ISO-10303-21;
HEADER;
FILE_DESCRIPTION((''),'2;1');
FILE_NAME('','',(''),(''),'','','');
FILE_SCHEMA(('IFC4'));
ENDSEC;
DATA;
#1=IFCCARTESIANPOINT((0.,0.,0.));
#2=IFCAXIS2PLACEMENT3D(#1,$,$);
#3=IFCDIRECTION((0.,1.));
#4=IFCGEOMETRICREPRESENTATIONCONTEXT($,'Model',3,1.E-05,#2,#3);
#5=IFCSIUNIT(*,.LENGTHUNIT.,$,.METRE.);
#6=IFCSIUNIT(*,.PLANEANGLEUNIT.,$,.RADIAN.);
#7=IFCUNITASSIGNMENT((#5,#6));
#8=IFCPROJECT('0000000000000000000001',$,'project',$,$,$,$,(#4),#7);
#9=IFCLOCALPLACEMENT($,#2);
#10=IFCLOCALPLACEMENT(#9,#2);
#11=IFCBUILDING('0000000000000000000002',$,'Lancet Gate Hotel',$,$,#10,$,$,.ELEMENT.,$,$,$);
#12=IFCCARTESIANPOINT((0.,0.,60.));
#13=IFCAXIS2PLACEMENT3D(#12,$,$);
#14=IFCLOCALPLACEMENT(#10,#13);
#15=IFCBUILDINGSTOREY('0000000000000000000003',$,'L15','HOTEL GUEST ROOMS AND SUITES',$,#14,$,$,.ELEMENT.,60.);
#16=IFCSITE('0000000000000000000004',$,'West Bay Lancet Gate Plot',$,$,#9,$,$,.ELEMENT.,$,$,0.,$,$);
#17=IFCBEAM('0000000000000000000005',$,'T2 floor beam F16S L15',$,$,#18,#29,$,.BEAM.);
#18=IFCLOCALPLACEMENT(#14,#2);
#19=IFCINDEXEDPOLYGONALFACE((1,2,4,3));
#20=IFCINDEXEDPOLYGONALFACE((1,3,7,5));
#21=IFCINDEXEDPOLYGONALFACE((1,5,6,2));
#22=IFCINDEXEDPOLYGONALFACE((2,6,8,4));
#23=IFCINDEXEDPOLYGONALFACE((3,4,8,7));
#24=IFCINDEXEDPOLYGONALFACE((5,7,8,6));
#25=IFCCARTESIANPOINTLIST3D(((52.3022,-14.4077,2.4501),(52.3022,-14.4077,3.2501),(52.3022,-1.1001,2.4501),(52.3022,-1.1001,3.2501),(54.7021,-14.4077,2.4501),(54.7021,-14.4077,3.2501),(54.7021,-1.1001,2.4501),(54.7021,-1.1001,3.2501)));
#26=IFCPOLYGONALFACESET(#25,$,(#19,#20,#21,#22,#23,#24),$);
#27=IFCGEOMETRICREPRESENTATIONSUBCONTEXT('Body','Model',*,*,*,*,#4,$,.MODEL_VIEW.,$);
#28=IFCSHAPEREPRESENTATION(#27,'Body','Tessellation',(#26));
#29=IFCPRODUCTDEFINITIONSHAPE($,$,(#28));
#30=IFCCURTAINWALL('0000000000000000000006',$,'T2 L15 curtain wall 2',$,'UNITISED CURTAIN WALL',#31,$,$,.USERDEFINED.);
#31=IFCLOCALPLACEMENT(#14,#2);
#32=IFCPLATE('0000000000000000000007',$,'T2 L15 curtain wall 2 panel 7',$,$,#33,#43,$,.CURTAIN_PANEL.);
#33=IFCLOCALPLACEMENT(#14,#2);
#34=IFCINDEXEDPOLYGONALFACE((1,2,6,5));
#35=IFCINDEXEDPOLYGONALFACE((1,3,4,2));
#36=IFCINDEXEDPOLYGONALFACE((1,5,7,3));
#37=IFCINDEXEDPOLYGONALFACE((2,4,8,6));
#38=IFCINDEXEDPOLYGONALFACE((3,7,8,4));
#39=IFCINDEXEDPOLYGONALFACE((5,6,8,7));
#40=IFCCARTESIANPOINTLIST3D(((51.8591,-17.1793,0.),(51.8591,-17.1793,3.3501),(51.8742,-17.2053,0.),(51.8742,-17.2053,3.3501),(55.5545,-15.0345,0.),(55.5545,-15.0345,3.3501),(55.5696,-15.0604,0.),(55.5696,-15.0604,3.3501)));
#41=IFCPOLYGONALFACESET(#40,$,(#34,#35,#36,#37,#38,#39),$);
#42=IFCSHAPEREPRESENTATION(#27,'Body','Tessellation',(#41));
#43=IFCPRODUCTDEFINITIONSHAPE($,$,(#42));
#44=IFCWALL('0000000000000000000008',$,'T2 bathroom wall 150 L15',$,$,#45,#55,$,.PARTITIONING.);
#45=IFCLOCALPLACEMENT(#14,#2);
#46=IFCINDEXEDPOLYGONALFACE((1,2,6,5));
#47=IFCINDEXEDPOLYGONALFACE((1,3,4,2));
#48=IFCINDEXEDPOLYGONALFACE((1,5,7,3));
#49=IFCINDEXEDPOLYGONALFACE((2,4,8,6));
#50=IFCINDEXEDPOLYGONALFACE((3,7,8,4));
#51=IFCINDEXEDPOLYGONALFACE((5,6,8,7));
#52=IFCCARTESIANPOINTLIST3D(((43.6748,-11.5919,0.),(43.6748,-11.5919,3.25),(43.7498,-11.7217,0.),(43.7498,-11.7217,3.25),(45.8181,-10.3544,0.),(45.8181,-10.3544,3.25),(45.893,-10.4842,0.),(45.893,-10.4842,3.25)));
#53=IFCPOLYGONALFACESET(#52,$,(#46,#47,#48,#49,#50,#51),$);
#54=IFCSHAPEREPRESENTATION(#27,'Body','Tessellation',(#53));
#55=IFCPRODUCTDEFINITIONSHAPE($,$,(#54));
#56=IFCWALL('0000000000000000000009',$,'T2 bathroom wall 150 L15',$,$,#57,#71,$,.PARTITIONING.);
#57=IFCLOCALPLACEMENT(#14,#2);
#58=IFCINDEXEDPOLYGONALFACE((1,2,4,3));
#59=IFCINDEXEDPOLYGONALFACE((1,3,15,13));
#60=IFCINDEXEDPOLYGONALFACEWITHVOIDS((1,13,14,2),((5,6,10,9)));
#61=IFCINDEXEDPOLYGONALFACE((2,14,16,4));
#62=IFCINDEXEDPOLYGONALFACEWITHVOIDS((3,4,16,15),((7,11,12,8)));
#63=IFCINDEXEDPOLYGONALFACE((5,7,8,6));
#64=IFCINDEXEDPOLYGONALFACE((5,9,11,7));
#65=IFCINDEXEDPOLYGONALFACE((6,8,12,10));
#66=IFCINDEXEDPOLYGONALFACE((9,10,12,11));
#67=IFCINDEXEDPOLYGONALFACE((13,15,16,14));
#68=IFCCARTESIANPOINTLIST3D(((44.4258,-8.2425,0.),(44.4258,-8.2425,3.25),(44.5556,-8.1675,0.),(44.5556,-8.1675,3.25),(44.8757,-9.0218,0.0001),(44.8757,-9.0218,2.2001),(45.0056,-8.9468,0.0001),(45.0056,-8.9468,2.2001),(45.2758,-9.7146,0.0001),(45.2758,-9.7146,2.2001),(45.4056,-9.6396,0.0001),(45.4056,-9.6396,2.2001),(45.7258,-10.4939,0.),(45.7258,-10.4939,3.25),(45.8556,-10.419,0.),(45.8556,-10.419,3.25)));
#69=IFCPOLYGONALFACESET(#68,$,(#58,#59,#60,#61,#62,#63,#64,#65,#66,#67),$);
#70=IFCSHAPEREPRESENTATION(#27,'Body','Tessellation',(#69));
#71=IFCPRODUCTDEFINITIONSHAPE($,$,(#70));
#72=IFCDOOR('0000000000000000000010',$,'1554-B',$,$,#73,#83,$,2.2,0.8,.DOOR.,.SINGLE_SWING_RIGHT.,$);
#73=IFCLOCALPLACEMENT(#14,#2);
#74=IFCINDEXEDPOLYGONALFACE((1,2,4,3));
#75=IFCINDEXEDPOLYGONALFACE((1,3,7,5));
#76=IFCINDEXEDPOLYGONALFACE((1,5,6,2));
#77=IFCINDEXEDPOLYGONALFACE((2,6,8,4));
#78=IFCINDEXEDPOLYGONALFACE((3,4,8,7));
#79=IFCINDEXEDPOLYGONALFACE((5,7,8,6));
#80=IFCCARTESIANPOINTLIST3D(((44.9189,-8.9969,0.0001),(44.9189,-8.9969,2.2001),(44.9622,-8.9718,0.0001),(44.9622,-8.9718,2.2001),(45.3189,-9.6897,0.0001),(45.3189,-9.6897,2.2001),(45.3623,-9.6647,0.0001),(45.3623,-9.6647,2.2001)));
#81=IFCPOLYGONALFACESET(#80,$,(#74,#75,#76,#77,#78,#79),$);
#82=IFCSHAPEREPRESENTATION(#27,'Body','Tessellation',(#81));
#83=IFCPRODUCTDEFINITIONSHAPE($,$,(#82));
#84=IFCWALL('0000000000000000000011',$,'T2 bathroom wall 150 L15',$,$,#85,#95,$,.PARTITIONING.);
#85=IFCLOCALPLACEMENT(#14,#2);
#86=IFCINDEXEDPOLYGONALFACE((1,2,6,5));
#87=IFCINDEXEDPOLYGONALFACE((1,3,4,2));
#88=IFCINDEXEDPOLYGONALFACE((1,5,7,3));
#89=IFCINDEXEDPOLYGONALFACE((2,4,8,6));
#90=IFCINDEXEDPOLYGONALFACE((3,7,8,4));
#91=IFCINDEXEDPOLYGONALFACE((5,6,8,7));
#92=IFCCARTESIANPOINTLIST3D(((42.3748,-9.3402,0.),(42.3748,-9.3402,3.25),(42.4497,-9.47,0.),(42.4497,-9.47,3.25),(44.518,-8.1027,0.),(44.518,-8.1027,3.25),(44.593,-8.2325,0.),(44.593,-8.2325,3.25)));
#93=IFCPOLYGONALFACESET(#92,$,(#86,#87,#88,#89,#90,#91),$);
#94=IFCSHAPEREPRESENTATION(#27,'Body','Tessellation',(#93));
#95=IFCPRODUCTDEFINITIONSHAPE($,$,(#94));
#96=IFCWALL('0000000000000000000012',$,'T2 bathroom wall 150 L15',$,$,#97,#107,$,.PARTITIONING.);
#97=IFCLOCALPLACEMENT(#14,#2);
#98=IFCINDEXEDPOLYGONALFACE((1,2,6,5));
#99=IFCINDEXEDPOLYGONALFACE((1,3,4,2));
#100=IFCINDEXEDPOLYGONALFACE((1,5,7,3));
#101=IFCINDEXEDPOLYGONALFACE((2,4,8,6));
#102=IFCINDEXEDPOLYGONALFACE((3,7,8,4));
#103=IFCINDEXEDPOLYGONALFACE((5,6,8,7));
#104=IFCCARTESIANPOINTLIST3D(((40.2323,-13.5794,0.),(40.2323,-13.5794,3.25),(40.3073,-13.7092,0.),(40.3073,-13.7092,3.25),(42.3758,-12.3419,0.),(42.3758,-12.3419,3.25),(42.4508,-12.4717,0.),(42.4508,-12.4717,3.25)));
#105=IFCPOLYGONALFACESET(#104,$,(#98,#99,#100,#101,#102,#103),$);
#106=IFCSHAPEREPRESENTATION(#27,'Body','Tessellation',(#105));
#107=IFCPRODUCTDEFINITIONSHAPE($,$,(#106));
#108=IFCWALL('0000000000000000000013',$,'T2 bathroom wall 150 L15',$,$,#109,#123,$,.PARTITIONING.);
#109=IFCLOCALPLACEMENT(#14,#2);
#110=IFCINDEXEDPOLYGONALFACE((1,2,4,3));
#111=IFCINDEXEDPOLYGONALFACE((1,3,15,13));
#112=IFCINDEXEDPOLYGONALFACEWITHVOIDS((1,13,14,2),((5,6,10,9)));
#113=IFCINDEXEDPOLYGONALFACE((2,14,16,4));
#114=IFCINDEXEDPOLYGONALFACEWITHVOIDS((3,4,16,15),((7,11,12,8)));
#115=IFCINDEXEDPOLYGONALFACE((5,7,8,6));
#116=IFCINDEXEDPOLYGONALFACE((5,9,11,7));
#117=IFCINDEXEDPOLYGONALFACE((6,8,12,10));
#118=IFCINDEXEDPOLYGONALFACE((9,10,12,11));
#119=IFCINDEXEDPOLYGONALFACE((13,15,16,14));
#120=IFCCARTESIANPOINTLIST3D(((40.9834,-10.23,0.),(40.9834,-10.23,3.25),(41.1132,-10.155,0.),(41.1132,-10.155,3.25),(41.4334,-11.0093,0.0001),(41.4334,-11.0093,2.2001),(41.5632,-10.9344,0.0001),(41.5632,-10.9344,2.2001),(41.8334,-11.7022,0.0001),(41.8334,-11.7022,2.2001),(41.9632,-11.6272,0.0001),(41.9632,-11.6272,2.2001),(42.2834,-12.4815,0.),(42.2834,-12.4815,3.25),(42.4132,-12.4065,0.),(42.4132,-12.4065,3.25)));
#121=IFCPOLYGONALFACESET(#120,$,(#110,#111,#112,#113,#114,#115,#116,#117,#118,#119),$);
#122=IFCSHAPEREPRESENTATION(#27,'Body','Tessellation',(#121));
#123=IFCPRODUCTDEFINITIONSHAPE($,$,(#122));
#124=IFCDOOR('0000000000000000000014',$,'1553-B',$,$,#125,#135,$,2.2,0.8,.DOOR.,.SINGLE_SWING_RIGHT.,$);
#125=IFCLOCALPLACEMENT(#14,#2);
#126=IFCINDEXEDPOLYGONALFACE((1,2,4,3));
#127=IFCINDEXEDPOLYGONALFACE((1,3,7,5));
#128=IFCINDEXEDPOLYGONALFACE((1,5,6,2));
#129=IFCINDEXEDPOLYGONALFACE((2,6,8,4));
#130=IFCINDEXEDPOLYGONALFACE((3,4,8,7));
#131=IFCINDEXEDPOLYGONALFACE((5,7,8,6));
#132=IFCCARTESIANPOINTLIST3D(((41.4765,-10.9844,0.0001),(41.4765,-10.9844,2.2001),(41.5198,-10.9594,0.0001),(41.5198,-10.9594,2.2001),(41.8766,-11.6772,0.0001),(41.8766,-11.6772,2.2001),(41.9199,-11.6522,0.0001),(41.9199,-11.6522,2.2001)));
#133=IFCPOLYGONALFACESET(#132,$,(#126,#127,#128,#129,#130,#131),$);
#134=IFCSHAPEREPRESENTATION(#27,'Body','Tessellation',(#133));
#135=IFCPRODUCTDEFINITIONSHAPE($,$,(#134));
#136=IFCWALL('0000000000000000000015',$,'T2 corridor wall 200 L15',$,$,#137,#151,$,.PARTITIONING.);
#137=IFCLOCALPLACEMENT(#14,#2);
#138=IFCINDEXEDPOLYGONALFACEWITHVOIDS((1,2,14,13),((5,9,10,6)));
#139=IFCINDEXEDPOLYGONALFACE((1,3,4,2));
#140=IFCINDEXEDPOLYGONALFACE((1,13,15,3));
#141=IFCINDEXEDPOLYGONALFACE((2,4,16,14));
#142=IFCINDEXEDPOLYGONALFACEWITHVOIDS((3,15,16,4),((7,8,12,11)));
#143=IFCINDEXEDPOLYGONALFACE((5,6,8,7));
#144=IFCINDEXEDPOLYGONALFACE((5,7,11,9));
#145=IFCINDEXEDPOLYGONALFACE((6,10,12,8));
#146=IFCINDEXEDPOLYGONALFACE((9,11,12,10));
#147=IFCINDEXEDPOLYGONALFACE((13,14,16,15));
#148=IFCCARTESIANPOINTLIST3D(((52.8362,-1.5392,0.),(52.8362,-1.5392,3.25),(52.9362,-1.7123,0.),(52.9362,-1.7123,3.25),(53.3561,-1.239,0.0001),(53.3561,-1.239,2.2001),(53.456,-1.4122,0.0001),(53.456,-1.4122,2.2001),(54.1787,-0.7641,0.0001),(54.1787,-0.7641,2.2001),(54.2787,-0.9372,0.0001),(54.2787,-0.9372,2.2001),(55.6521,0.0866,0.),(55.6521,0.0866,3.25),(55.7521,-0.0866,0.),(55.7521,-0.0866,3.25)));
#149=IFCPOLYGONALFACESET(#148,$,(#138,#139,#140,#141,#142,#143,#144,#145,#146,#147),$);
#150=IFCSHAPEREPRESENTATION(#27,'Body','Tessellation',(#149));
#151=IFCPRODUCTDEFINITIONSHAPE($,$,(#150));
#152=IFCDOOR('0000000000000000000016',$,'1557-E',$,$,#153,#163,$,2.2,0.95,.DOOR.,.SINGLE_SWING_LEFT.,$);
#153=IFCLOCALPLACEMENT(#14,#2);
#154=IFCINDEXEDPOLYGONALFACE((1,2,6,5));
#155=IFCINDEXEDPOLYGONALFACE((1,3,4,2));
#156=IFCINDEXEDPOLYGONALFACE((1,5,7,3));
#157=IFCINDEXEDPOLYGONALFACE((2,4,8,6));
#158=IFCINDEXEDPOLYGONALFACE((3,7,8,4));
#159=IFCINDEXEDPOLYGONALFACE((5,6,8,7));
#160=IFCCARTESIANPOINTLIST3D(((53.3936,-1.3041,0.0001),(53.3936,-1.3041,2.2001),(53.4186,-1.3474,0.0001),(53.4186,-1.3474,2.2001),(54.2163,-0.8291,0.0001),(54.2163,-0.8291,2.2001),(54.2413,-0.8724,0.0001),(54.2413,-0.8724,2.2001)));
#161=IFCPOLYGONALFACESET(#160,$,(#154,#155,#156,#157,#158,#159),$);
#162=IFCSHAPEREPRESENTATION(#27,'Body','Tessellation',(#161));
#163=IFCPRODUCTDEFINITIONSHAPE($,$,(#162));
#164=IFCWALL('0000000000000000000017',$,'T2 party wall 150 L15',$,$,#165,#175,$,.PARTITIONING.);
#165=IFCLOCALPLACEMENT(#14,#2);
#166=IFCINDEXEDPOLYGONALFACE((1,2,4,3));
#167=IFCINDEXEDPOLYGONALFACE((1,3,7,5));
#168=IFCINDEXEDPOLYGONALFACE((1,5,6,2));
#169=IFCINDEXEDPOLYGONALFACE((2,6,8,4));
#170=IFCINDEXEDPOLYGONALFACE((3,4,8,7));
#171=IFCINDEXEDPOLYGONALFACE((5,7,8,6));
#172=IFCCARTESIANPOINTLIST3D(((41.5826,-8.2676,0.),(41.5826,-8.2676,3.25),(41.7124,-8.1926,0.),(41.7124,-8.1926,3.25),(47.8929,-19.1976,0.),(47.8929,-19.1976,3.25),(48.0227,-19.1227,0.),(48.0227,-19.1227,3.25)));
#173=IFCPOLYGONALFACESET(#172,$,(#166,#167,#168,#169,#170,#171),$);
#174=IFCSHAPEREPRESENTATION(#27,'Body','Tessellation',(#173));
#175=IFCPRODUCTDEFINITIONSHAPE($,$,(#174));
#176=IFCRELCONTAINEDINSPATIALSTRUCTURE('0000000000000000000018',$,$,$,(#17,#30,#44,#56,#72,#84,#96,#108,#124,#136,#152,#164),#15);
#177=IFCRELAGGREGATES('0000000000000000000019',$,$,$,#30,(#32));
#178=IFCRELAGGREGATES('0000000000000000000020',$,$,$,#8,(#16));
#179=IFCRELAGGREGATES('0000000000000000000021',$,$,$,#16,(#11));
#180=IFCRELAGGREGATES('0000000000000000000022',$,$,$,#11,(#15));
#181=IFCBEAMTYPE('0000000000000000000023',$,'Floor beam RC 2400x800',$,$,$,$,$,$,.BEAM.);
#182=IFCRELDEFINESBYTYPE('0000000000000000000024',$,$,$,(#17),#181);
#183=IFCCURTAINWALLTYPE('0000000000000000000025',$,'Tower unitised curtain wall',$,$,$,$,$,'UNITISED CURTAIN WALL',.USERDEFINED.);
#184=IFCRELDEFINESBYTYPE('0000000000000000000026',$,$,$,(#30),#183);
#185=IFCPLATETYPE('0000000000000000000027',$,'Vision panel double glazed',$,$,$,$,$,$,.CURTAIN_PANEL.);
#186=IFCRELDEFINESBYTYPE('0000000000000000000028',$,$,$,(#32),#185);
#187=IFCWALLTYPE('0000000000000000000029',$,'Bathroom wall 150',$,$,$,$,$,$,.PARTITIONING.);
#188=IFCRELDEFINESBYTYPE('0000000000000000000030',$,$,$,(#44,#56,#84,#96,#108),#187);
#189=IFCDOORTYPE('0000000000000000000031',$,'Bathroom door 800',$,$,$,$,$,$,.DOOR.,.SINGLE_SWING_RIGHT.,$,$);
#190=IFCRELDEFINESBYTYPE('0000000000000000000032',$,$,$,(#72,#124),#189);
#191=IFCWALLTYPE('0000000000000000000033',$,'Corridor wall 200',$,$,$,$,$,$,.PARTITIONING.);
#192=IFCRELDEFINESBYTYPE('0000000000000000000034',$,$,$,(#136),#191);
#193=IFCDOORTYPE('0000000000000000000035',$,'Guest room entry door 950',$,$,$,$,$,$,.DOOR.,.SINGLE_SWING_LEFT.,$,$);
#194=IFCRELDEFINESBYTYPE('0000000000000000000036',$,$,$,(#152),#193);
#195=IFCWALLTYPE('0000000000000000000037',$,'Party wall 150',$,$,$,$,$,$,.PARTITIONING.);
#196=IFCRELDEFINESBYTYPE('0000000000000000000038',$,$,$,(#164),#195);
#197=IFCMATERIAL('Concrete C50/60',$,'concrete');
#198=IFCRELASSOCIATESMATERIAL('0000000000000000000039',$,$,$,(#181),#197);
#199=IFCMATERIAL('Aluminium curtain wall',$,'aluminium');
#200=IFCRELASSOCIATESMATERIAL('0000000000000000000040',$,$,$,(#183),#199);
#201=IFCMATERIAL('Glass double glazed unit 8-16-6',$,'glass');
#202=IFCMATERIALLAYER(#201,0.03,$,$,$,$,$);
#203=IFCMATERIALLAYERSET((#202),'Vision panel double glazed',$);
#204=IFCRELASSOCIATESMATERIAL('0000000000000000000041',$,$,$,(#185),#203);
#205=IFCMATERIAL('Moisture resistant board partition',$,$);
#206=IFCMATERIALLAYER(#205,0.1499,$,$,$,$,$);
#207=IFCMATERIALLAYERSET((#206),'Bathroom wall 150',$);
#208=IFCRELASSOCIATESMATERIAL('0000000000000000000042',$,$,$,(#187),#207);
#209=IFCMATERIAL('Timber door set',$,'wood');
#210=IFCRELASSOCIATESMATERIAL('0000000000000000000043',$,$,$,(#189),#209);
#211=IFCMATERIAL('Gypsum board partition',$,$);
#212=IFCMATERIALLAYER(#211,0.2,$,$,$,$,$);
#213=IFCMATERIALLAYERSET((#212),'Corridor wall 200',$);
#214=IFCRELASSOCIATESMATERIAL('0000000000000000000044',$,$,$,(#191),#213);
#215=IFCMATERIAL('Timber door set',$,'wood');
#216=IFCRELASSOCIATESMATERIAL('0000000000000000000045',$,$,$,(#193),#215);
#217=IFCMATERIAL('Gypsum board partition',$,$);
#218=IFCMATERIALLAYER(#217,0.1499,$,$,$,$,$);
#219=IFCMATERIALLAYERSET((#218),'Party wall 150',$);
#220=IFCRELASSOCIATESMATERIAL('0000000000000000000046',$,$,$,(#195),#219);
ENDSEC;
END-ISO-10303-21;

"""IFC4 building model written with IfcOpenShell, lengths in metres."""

from ifc_helpers import new_model, si_unit, direction, frame, frame_2d, origin, origin_2d, place, context, subcontext, project, spatial, rectangle, extrude, material, layer, layer_set, material_profile, profile_set, type_object, element, fill, aggregate, save


model = new_model("IFC4")

# Units and contexts
model_context = context("Model", 3, precision=1e-05, world=origin(), true_north=direction((0.0, 1.0)))
body_context = subcontext(model_context, "Body", "Model", "MODEL_VIEW")
ifc_project = project(units=[si_unit("LENGTHUNIT", "METRE"), si_unit("PLANEANGLEUNIT", "RADIAN")], contexts=[model_context])

# Site, building, storey
site_placement = place(None, origin())
site = spatial("IfcSite", under=ifc_project, at=site_placement, Name="West Bay Lancet Gate Plot", CompositionType="ELEMENT", RefElevation=0.0)
building_placement = place(site_placement, origin())
building = spatial("IfcBuilding", under=site, at=building_placement, Name="Lancet Gate Hotel", CompositionType="ELEMENT")
storey_placement = place(building_placement, frame((0.0, 0.0, 60.0)))
storey = spatial("IfcBuildingStorey", under=building, at=storey_placement, Name="L15", Description="HOTEL GUEST ROOMS AND SUITES", CompositionType="ELEMENT", Elevation=60.0)

# Beam
ifc_material_1 = material(Name="Concrete C50/60", Category="concrete")
ifc_material_profile = material_profile(ifc_material_1, rectangle(XDim=2.3999, YDim=0.8, at=origin_2d()), Name="RC 2400x800")
ifc_profile_set = profile_set([ifc_material_profile], Name="Concrete C50/60")
beam_type = type_object("IfcBeamType", Name="Floor beam RC 2400x800", PredefinedType="BEAM", material=ifc_profile_set)
beam_placement = place(storey_placement, frame((53.5022, -14.4077, 2.8501), z_axis=(0.0, 1.0, 0.0), x_axis=(-1.0, 0.0, 0.0)))
element("IfcBeam", 1, at=beam_placement, inside=storey, type_object=beam_type, Name="T2 floor beam F16S L15", PredefinedType="BEAM", context=body_context, shape_type="SweptSolid", body=[
    extrude(rectangle(XDim=2.3999, YDim=0.8, at=origin_2d()), origin(), (0.0, 0.0, 1.0), 13.3076),
])

# Curtain wall, plate
ifc_material_2 = material(Name="Aluminium curtain wall", Category="aluminium")
curtain_wall_type = type_object("IfcCurtainWallType", Name="Tower unitised curtain wall", ElementType="UNITISED CURTAIN WALL", PredefinedType="USERDEFINED", material=ifc_material_2)
curtain_wall_placement = place(storey_placement, origin())
curtain_wall = element("IfcCurtainWall", 2, at=curtain_wall_placement, inside=storey, type_object=curtain_wall_type, Name="T2 L15 curtain wall 2", ObjectType="UNITISED CURTAIN WALL", PredefinedType="USERDEFINED")
ifc_material_3 = material(Name="Glass double glazed unit 8-16-6", Category="glass")
ifc_layer_1 = layer(ifc_material_3, 0.03)
ifc_layer_set_1 = layer_set([ifc_layer_1], Name="Vision panel double glazed")
plate_type = type_object("IfcPlateType", Name="Vision panel double glazed", PredefinedType="CURTAIN_PANEL", material=ifc_layer_set_1)
plate_placement = place(storey_placement, frame((53.7144, -16.1199, 0.0), z_axis=(0.0, 0.0, 1.0), x_axis=(0.864872, 0.501993, 0.0)))
plate = element("IfcPlate", 3, at=plate_placement, type_object=plate_type, Name="T2 L15 curtain wall 2 panel 7", PredefinedType="CURTAIN_PANEL", context=body_context, shape_type="SweptSolid", body=[
    extrude(rectangle(XDim=4.2727, YDim=0.03, at=origin_2d()), origin(), (0.0, 0.0, 1.0), 3.3501),
])
aggregate(curtain_wall, [plate])

# Wall
ifc_material_4 = material(Name="Moisture resistant board partition")
ifc_layer_2 = layer(ifc_material_4, 0.1499)
ifc_layer_set_2 = layer_set([ifc_layer_2], Name="Bathroom wall 150")
wall_type_1 = type_object("IfcWallType", Name="Bathroom wall 150", PredefinedType="PARTITIONING", material=ifc_layer_set_2)
wall_1_placement = place(storey_placement, frame((43.7124, -11.6567, 0.0), z_axis=(0.0, 0.0, 1.0), x_axis=(0.866007, 0.500033, 0.0)))
element("IfcWall", 4, at=wall_1_placement, inside=storey, type_object=wall_type_1, Name="T2 bathroom wall 150 L15", PredefinedType="PARTITIONING", context=body_context, shape_type="SweptSolid", body=[
    extrude(rectangle(XDim=2.4749, YDim=0.1499, at=frame_2d((1.2373, 0.0))), origin(), (0.0, 0.0, 1.0), 3.25),
])

# Wall, opening, door
wall_2_placement = place(storey_placement, frame((44.4907, -8.2051, 0.0), z_axis=(0.0, 0.0, 1.0), x_axis=(0.500048, -0.865998, 0.0)))
wall_2 = element("IfcWall", 5, at=wall_2_placement, inside=storey, type_object=wall_type_1, Name="T2 bathroom wall 150 L15", PredefinedType="PARTITIONING", context=body_context, shape_type="SweptSolid", body=[
    extrude(rectangle(XDim=2.5999, YDim=0.1499, at=frame_2d((1.2998, 0.0))), origin(), (0.0, 0.0, 1.0), 3.25),
])
opening_1_placement = place(wall_2_placement, frame((0.8999, 0.0, 0.0)))
opening_1 = element("IfcOpeningElement", 6, at=opening_1_placement, cuts=wall_2, PredefinedType="OPENING", context=body_context, shape_type="SweptSolid", body=[
    extrude(rectangle(XDim=0.8, YDim=2.2, at=frame_2d((0.3999, 1.1001))), frame((0.0, 0.085, 0.0), z_axis=(0.0, -1.0, 0.0), x_axis=(1.0, 0.0, 0.0)), (0.0, 0.0, 1.0), 0.1699),
])
ifc_material_5 = material(Name="Timber door set", Category="wood")
door_type_1 = type_object("IfcDoorType", Name="Bathroom door 800", OperationType="SINGLE_SWING_RIGHT", PredefinedType="DOOR", material=ifc_material_5)
door_1_placement = place(opening_1_placement, origin())
door_1 = element("IfcDoor", 7, at=door_1_placement, inside=storey, type_object=door_type_1, Name="1554-B", OperationType="SINGLE_SWING_RIGHT", OverallHeight=2.2, OverallWidth=0.8, PredefinedType="DOOR", context=body_context, shape_type="SweptSolid", body=[
    extrude(rectangle(XDim=0.8, YDim=2.2, at=frame_2d((0.3999, 1.1001))), frame((0.0, 0.0249, 0.0), z_axis=(0.0, -1.0, 0.0), x_axis=(1.0, 0.0, 0.0)), (0.0, 0.0, 1.0), 0.05),
])
fill(opening_1, door_1)

# Walls
wall_3_placement = place(storey_placement, frame((42.4124, -9.405, 0.0), z_axis=(0.0, 0.0, 1.0), x_axis=(0.866007, 0.500033, 0.0)))
element("IfcWall", 8, at=wall_3_placement, inside=storey, type_object=wall_type_1, Name="T2 bathroom wall 150 L15", PredefinedType="PARTITIONING", context=body_context, shape_type="SweptSolid", body=[
    extrude(rectangle(XDim=2.4749, YDim=0.1499, at=frame_2d((1.2373, 0.0))), origin(), (0.0, 0.0, 1.0), 3.25),
])
wall_4_placement = place(storey_placement, frame((40.2698, -13.6443, 0.0), z_axis=(0.0, 0.0, 1.0), x_axis=(0.866031, 0.49999, 0.0)))
element("IfcWall", 9, at=wall_4_placement, inside=storey, type_object=wall_type_1, Name="T2 bathroom wall 150 L15", PredefinedType="PARTITIONING", context=body_context, shape_type="SweptSolid", body=[
    extrude(rectangle(XDim=2.4751, YDim=0.1499, at=frame_2d((1.2375, 0.0))), origin(), (0.0, 0.0, 1.0), 3.25),
])

# Walls, openings, doors
wall_5_placement = place(storey_placement, frame((41.0483, -10.1926, 0.0), z_axis=(0.0, 0.0, 1.0), x_axis=(0.500048, -0.865998, 0.0)))
wall_5 = element("IfcWall", 10, at=wall_5_placement, inside=storey, type_object=wall_type_1, Name="T2 bathroom wall 150 L15", PredefinedType="PARTITIONING", context=body_context, shape_type="SweptSolid", body=[
    extrude(rectangle(XDim=2.5999, YDim=0.1499, at=frame_2d((1.2998, 0.0))), origin(), (0.0, 0.0, 1.0), 3.25),
])
opening_2_placement = place(wall_5_placement, frame((0.8999, 0.0, 0.0)))
opening_2 = element("IfcOpeningElement", 11, at=opening_2_placement, cuts=wall_5, PredefinedType="OPENING", context=body_context, shape_type="SweptSolid", body=[
    extrude(rectangle(XDim=0.8, YDim=2.2, at=frame_2d((0.3999, 1.1001))), frame((0.0, 0.085, 0.0), z_axis=(0.0, -1.0, 0.0), x_axis=(1.0, 0.0, 0.0)), (0.0, 0.0, 1.0), 0.1699),
])
door_2_placement = place(opening_2_placement, origin())
door_2 = element("IfcDoor", 12, at=door_2_placement, inside=storey, type_object=door_type_1, Name="1553-B", OperationType="SINGLE_SWING_RIGHT", OverallHeight=2.2, OverallWidth=0.8, PredefinedType="DOOR", context=body_context, shape_type="SweptSolid", body=[
    extrude(rectangle(XDim=0.8, YDim=2.2, at=frame_2d((0.3999, 1.1001))), frame((0.0, 0.0249, 0.0), z_axis=(0.0, -1.0, 0.0), x_axis=(1.0, 0.0, 0.0)), (0.0, 0.0, 1.0), 0.05),
])
fill(opening_2, door_2)
ifc_material_6 = material(Name="Gypsum board partition")
ifc_layer_3 = layer(ifc_material_6, 0.2)
ifc_layer_set_3 = layer_set([ifc_layer_3], Name="Corridor wall 200")
wall_type_2 = type_object("IfcWallType", Name="Corridor wall 200", PredefinedType="PARTITIONING", material=ifc_layer_set_3)
wall_6_placement = place(storey_placement, frame((52.8862, -1.6257, 0.0), z_axis=(0.0, 0.0, 1.0), x_axis=(0.866031, 0.499991, 0.0)))
wall_6 = element("IfcWall", 13, at=wall_6_placement, inside=storey, type_object=wall_type_2, Name="T2 corridor wall 200 L15", PredefinedType="PARTITIONING", context=body_context, shape_type="SweptSolid", body=[
    extrude(rectangle(XDim=3.2515, YDim=0.2, at=frame_2d((1.6257, 0.0))), origin(), (0.0, 0.0, 1.0), 3.25),
])
opening_3_placement = place(wall_6_placement, frame((0.6001, 0.0, 0.0)))
opening_3 = element("IfcOpeningElement", 14, at=opening_3_placement, cuts=wall_6, PredefinedType="OPENING", context=body_context, shape_type="SweptSolid", body=[
    extrude(rectangle(XDim=0.95, YDim=2.2, at=frame_2d((0.4751, 1.1001))), frame((0.0, 0.1099, 0.0), z_axis=(0.0, -1.0, 0.0), x_axis=(1.0, 0.0, 0.0)), (0.0, 0.0, 1.0), 0.22),
])
ifc_material_7 = material(Name="Timber door set", Category="wood")
door_type_2 = type_object("IfcDoorType", Name="Guest room entry door 950", OperationType="SINGLE_SWING_LEFT", PredefinedType="DOOR", material=ifc_material_7)
door_3_placement = place(opening_3_placement, origin())
door_3 = element("IfcDoor", 15, at=door_3_placement, inside=storey, type_object=door_type_2, Name="1557-E", OperationType="SINGLE_SWING_LEFT", OverallHeight=2.2, OverallWidth=0.95, PredefinedType="DOOR", context=body_context, shape_type="SweptSolid", body=[
    extrude(rectangle(XDim=0.95, YDim=2.2, at=frame_2d((0.4751, 1.1001))), frame((0.0, 0.0249, 0.0), z_axis=(0.0, -1.0, 0.0), x_axis=(1.0, 0.0, 0.0)), (0.0, 0.0, 1.0), 0.05),
])
fill(opening_3, door_3)

# Wall
ifc_material_8 = material(Name="Gypsum board partition")
ifc_layer_4 = layer(ifc_material_8, 0.1499)
ifc_layer_set_4 = layer_set([ifc_layer_4], Name="Party wall 150")
wall_type_3 = type_object("IfcWallType", Name="Party wall 150", PredefinedType="PARTITIONING", material=ifc_layer_set_4)
wall_7_placement = place(storey_placement, frame((41.6475, -8.23, 0.0), z_axis=(0.0, 0.0, 1.0), x_axis=(0.499986, -0.866034, 0.0)))
element("IfcWall", 16, at=wall_7_placement, inside=storey, type_object=wall_type_3, Name="T2 party wall 150 L15", PredefinedType="PARTITIONING", context=body_context, shape_type="SweptSolid", body=[
    extrude(rectangle(XDim=12.6208, YDim=0.1499, at=frame_2d((6.3105, 0.0))), origin(), (0.0, 0.0, 1.0), 3.25),
])

save(model, "model.ifc")
